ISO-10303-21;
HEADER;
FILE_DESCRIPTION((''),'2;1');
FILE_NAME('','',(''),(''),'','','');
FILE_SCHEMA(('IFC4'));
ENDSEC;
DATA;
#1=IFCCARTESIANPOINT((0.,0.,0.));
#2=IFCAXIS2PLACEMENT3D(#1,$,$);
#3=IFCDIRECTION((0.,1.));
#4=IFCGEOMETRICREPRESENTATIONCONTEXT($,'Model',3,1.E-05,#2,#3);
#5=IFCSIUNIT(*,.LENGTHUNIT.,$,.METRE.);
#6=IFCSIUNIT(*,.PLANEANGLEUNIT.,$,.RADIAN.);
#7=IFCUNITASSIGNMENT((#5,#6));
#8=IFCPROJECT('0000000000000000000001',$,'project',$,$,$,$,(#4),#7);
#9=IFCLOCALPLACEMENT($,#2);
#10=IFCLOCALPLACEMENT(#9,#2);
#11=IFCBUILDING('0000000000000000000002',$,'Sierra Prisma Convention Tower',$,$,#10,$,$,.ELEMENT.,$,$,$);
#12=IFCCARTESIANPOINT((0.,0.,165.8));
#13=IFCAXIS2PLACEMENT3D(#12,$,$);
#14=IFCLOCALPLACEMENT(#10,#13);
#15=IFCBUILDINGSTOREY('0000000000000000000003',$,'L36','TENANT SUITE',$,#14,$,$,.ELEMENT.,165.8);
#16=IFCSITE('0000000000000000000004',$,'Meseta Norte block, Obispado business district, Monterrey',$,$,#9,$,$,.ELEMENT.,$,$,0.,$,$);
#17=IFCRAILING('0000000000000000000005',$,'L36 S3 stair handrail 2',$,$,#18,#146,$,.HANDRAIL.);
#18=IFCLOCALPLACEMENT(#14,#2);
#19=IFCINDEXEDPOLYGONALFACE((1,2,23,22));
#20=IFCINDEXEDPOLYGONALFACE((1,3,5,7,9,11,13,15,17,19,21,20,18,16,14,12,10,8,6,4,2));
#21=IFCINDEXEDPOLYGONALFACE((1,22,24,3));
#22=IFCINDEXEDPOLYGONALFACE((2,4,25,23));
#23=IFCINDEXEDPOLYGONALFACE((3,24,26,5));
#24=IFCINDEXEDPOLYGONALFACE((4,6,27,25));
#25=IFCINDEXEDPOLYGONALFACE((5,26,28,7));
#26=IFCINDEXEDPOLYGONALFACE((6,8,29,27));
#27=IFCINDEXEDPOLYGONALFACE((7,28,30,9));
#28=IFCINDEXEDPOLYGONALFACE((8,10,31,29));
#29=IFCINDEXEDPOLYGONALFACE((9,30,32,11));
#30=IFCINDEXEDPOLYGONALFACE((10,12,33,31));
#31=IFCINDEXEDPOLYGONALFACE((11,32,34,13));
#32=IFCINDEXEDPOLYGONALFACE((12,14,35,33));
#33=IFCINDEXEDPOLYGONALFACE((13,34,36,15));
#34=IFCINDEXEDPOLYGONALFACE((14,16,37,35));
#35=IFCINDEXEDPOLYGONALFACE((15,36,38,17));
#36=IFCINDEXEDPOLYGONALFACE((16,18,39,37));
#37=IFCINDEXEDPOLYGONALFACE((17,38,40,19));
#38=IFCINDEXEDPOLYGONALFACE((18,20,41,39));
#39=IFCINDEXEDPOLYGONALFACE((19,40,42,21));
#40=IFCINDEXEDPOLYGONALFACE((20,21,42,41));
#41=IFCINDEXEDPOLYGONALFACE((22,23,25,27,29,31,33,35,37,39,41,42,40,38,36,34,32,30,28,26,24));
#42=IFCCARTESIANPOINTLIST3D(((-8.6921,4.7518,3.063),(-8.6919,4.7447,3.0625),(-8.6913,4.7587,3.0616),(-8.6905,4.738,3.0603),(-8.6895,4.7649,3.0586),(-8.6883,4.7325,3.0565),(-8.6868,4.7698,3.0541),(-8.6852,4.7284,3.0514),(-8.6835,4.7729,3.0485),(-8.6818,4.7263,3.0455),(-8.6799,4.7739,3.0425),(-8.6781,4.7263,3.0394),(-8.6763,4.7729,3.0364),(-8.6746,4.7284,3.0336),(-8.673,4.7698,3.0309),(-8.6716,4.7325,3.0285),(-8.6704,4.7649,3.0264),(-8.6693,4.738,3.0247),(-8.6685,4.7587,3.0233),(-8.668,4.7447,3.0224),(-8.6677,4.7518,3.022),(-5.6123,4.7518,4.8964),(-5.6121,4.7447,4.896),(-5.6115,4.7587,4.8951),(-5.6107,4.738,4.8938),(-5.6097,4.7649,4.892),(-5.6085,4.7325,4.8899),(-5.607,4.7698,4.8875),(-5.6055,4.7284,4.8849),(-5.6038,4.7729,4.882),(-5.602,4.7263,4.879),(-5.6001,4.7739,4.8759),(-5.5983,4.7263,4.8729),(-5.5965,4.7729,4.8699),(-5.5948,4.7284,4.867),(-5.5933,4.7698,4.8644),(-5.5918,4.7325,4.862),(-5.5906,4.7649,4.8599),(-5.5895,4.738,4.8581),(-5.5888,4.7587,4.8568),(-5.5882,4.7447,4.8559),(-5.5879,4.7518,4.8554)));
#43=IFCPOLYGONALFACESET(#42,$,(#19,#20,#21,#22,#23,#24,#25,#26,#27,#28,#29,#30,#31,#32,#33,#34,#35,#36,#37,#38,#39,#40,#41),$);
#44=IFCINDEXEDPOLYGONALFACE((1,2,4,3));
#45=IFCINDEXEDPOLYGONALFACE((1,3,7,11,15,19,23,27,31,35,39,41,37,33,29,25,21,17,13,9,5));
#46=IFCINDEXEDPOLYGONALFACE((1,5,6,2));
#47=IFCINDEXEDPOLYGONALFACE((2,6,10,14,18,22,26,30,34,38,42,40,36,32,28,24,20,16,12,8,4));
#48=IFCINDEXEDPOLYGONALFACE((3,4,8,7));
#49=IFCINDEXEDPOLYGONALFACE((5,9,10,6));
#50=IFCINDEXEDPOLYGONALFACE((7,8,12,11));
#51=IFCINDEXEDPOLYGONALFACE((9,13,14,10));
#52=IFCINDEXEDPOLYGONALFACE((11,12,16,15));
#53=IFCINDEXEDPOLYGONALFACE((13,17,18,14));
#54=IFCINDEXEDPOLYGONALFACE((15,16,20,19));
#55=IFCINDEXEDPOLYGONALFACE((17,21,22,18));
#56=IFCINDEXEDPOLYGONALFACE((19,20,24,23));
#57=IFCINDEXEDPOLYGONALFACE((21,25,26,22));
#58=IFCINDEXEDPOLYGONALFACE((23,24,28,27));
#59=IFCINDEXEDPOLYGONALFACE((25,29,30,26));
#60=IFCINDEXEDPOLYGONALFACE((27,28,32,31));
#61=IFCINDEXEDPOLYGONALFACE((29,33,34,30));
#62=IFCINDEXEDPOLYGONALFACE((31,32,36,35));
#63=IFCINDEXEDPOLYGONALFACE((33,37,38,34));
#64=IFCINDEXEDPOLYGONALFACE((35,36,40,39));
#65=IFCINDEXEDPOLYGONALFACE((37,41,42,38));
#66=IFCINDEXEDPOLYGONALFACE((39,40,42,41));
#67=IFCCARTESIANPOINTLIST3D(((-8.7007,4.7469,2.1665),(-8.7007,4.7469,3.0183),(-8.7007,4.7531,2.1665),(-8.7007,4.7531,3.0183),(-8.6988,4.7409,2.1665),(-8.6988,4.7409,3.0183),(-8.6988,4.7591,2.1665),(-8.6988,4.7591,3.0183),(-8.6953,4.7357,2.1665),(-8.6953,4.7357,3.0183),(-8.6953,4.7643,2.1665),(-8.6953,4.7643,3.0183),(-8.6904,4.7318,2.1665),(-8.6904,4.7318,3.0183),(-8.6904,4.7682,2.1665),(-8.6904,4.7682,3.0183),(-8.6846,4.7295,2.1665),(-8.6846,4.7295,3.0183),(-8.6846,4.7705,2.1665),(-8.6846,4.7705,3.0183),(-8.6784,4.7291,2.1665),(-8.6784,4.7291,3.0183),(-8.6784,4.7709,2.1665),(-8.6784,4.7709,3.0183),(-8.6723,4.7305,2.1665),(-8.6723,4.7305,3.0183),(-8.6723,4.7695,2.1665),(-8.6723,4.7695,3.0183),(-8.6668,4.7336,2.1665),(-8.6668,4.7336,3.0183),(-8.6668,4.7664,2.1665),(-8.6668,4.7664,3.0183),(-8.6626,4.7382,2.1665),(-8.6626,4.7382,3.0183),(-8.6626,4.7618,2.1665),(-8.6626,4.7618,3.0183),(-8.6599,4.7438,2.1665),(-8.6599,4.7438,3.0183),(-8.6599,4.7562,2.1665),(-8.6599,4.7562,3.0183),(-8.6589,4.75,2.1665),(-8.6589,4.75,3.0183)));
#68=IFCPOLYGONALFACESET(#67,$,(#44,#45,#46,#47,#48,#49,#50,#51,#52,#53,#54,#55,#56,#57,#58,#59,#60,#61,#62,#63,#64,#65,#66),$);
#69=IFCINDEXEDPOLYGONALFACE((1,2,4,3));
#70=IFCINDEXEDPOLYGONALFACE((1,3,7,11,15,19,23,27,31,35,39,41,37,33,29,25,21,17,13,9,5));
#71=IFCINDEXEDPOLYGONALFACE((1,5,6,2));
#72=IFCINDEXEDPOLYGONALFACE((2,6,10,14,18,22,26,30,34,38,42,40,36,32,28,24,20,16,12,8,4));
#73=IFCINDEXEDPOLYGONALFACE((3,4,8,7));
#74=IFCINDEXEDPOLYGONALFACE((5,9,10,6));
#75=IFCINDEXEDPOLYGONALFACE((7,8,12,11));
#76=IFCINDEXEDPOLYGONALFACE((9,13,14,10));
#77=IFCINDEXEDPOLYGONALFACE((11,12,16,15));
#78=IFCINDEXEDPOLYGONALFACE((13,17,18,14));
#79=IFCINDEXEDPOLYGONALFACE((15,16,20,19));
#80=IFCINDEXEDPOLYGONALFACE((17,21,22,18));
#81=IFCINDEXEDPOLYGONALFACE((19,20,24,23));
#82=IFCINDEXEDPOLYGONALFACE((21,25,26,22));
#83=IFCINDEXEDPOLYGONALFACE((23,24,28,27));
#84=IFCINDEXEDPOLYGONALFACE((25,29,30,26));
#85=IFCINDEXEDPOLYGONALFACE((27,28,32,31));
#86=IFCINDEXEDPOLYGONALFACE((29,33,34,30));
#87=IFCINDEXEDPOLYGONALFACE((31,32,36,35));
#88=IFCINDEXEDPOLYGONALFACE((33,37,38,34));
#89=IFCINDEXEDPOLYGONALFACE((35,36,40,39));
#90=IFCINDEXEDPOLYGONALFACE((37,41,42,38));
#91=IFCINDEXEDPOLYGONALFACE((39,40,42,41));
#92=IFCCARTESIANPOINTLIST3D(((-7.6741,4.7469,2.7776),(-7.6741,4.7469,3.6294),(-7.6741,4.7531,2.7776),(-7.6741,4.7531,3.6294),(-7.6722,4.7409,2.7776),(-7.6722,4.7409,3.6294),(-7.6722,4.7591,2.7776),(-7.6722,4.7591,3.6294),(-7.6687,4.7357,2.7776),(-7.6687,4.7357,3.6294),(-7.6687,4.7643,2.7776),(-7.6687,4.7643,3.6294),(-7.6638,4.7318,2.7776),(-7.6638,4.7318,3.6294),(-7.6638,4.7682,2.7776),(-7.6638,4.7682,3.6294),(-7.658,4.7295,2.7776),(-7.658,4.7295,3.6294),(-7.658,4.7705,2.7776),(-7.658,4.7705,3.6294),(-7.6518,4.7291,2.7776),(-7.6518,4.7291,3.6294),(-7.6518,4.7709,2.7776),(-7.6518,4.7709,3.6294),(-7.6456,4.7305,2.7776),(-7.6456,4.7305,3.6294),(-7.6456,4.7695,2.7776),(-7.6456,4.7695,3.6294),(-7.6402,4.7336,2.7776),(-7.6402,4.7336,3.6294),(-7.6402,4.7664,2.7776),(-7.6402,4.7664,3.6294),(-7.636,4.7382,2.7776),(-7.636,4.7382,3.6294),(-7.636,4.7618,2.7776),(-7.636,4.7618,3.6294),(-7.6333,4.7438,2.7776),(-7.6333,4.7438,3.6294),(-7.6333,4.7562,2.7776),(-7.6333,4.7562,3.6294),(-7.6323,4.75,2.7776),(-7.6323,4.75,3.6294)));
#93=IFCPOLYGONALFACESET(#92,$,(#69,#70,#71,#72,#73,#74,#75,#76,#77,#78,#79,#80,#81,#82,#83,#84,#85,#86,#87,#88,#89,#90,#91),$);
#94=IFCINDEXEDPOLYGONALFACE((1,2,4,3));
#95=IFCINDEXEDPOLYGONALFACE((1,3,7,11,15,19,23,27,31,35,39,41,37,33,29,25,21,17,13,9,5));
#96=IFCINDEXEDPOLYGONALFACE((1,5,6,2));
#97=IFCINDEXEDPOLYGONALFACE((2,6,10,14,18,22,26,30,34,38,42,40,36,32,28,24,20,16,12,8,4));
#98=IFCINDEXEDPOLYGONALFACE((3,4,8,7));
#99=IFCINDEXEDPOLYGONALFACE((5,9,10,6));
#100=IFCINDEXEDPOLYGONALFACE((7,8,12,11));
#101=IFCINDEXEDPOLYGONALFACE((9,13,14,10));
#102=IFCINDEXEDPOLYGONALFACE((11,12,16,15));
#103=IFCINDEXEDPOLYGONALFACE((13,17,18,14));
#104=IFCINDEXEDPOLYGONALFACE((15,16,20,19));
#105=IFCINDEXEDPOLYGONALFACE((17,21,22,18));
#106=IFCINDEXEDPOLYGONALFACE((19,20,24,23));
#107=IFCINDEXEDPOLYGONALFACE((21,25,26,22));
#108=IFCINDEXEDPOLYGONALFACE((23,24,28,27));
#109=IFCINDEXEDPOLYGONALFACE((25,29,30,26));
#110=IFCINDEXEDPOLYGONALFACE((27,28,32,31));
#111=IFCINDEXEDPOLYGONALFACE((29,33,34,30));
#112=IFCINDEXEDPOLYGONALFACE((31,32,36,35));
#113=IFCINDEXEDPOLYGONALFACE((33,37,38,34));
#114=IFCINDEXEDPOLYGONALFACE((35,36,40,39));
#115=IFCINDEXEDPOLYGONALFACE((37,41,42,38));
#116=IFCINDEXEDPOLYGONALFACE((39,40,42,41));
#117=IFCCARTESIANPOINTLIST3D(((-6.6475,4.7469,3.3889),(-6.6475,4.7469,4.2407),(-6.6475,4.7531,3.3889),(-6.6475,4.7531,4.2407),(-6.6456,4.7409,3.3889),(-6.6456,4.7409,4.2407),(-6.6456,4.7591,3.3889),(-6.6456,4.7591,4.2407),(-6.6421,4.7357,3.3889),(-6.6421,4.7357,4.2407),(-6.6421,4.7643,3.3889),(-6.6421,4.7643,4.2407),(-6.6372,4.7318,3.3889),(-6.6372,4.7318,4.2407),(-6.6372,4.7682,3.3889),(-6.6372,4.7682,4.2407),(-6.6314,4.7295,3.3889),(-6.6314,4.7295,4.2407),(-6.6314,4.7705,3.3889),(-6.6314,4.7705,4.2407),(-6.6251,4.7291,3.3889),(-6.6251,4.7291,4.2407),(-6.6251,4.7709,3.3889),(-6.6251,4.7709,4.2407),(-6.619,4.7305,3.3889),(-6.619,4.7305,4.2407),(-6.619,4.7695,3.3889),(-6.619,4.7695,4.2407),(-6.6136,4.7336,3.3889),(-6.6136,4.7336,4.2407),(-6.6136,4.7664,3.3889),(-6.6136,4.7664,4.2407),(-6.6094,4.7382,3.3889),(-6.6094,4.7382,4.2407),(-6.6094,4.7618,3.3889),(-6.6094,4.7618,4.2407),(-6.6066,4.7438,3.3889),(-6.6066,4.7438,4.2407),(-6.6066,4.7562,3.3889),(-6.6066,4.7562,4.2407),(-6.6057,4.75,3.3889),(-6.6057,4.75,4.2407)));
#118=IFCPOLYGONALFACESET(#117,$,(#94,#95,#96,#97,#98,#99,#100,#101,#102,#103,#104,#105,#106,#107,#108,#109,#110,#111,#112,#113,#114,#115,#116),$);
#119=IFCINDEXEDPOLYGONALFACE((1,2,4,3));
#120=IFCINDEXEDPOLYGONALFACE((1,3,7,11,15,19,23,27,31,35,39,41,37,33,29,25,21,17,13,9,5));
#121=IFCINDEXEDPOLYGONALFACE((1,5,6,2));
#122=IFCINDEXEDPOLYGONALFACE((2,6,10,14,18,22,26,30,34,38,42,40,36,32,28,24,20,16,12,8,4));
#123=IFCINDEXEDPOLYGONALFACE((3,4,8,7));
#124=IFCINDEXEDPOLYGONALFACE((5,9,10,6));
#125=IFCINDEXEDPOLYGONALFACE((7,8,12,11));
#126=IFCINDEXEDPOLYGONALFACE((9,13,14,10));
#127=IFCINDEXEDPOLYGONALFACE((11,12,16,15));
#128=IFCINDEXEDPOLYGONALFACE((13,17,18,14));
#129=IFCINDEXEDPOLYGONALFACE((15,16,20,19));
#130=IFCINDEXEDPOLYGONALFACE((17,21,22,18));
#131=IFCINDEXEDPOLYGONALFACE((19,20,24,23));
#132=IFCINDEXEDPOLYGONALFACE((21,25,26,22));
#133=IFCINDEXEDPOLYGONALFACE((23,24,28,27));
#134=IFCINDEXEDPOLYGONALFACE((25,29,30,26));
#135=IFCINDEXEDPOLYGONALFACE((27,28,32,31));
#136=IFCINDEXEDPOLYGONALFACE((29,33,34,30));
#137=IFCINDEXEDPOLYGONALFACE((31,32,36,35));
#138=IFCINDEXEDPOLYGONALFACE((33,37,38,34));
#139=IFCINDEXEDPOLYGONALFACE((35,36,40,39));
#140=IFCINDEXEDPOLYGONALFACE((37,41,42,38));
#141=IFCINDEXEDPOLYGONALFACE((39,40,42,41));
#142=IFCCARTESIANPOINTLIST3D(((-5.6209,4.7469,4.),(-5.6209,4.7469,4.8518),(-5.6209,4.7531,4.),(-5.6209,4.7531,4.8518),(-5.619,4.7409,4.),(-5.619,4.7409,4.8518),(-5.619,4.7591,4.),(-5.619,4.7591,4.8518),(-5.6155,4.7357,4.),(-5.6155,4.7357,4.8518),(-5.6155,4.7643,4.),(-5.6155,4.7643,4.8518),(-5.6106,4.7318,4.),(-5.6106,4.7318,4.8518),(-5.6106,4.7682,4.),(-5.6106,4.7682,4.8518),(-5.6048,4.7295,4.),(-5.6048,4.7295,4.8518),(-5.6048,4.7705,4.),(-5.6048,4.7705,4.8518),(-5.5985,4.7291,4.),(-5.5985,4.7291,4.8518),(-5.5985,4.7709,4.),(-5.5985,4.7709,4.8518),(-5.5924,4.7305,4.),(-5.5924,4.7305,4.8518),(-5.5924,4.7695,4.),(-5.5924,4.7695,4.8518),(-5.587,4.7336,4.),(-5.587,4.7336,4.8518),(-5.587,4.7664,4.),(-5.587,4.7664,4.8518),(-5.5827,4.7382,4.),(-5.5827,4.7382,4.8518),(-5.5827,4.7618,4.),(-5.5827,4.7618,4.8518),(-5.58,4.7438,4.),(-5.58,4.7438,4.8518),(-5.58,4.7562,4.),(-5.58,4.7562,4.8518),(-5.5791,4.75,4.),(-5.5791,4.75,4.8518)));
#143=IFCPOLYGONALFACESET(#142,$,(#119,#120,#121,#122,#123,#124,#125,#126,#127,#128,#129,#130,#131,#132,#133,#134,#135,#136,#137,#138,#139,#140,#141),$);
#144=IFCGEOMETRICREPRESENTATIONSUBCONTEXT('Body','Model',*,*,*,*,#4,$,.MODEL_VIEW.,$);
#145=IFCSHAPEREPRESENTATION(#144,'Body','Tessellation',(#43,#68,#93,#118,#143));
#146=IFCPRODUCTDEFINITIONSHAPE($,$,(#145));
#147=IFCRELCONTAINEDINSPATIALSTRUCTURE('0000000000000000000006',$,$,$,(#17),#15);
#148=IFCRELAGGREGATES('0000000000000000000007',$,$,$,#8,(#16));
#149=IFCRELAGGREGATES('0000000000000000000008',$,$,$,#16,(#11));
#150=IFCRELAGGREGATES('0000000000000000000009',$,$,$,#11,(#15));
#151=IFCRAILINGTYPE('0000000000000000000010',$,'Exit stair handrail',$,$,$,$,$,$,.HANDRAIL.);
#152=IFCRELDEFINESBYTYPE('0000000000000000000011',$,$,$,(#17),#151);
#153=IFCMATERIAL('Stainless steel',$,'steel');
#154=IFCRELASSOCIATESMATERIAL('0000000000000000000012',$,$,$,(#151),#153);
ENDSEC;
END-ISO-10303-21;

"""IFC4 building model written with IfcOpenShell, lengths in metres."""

from ifc_helpers import new_model, si_unit, direction, frame, origin, origin_2d, place, context, subcontext, project, spatial, circle, extrude, material, type_object, element, save


model = new_model("IFC4")

# Units and contexts
model_context = context("Model", 3, precision=1e-05, world=origin(), true_north=direction((0.0, 1.0)))
body_context = subcontext(model_context, "Body", "Model", "MODEL_VIEW")
ifc_project = project(units=[si_unit("LENGTHUNIT", "METRE"), si_unit("PLANEANGLEUNIT", "RADIAN")], contexts=[model_context])

# Site, building, storey
site_placement = place(None, origin())
site = spatial("IfcSite", under=ifc_project, at=site_placement, Name="Meseta Norte block, Obispado business district, Monterrey", CompositionType="ELEMENT", RefElevation=0.0)
building_placement = place(site_placement, origin())
building = spatial("IfcBuilding", under=site, at=building_placement, Name="Sierra Prisma Convention Tower", CompositionType="ELEMENT")
storey_placement = place(building_placement, frame((0.0, 0.0, 165.8)))
storey = spatial("IfcBuildingStorey", under=building, at=storey_placement, Name="L36", Description="TENANT SUITE", CompositionType="ELEMENT", Elevation=165.8)

# Railing
ifc_material_1 = material(Name="Stainless steel", Category="steel")
railing_type_1 = type_object("IfcRailingType", Name="Exit stair handrail", PredefinedType="HANDRAIL", material=ifc_material_1)
railing_1_placement = place(storey_placement, frame((-8.6799, 4.75, 2.1665)))
element("IfcRailing", 1, at=railing_1_placement, inside=storey, type_object=railing_type_1, Name="L36 S3 stair handrail 2", PredefinedType="HANDRAIL", context=body_context, shape_type="SweptSolid", body=[
    extrude(circle(Radius=0.0239, at=origin_2d()), frame((0.0, 0.0, 0.876), z_axis=(0.859261, 0.0, 0.511538), x_axis=(0.0, 1.0, 0.0)), (0.0, 0.0, 1.0), 3.5842),
    extrude(circle(Radius=0.021, at=origin_2d()), origin(), (0.0, 0.0, 1.0), 0.8518),
    extrude(circle(Radius=0.021, at=origin_2d()), frame((1.0266, 0.0, 0.6111)), (0.0, 0.0, 1.0), 0.8518),
    extrude(circle(Radius=0.021, at=origin_2d()), frame((2.0532, 0.0, 1.2224)), (0.0, 0.0, 1.0), 0.8518),
    extrude(circle(Radius=0.021, at=origin_2d()), frame((3.0798, 0.0, 1.8335)), (0.0, 0.0, 1.0), 0.8518),
])

save(model, "model.ifc")
